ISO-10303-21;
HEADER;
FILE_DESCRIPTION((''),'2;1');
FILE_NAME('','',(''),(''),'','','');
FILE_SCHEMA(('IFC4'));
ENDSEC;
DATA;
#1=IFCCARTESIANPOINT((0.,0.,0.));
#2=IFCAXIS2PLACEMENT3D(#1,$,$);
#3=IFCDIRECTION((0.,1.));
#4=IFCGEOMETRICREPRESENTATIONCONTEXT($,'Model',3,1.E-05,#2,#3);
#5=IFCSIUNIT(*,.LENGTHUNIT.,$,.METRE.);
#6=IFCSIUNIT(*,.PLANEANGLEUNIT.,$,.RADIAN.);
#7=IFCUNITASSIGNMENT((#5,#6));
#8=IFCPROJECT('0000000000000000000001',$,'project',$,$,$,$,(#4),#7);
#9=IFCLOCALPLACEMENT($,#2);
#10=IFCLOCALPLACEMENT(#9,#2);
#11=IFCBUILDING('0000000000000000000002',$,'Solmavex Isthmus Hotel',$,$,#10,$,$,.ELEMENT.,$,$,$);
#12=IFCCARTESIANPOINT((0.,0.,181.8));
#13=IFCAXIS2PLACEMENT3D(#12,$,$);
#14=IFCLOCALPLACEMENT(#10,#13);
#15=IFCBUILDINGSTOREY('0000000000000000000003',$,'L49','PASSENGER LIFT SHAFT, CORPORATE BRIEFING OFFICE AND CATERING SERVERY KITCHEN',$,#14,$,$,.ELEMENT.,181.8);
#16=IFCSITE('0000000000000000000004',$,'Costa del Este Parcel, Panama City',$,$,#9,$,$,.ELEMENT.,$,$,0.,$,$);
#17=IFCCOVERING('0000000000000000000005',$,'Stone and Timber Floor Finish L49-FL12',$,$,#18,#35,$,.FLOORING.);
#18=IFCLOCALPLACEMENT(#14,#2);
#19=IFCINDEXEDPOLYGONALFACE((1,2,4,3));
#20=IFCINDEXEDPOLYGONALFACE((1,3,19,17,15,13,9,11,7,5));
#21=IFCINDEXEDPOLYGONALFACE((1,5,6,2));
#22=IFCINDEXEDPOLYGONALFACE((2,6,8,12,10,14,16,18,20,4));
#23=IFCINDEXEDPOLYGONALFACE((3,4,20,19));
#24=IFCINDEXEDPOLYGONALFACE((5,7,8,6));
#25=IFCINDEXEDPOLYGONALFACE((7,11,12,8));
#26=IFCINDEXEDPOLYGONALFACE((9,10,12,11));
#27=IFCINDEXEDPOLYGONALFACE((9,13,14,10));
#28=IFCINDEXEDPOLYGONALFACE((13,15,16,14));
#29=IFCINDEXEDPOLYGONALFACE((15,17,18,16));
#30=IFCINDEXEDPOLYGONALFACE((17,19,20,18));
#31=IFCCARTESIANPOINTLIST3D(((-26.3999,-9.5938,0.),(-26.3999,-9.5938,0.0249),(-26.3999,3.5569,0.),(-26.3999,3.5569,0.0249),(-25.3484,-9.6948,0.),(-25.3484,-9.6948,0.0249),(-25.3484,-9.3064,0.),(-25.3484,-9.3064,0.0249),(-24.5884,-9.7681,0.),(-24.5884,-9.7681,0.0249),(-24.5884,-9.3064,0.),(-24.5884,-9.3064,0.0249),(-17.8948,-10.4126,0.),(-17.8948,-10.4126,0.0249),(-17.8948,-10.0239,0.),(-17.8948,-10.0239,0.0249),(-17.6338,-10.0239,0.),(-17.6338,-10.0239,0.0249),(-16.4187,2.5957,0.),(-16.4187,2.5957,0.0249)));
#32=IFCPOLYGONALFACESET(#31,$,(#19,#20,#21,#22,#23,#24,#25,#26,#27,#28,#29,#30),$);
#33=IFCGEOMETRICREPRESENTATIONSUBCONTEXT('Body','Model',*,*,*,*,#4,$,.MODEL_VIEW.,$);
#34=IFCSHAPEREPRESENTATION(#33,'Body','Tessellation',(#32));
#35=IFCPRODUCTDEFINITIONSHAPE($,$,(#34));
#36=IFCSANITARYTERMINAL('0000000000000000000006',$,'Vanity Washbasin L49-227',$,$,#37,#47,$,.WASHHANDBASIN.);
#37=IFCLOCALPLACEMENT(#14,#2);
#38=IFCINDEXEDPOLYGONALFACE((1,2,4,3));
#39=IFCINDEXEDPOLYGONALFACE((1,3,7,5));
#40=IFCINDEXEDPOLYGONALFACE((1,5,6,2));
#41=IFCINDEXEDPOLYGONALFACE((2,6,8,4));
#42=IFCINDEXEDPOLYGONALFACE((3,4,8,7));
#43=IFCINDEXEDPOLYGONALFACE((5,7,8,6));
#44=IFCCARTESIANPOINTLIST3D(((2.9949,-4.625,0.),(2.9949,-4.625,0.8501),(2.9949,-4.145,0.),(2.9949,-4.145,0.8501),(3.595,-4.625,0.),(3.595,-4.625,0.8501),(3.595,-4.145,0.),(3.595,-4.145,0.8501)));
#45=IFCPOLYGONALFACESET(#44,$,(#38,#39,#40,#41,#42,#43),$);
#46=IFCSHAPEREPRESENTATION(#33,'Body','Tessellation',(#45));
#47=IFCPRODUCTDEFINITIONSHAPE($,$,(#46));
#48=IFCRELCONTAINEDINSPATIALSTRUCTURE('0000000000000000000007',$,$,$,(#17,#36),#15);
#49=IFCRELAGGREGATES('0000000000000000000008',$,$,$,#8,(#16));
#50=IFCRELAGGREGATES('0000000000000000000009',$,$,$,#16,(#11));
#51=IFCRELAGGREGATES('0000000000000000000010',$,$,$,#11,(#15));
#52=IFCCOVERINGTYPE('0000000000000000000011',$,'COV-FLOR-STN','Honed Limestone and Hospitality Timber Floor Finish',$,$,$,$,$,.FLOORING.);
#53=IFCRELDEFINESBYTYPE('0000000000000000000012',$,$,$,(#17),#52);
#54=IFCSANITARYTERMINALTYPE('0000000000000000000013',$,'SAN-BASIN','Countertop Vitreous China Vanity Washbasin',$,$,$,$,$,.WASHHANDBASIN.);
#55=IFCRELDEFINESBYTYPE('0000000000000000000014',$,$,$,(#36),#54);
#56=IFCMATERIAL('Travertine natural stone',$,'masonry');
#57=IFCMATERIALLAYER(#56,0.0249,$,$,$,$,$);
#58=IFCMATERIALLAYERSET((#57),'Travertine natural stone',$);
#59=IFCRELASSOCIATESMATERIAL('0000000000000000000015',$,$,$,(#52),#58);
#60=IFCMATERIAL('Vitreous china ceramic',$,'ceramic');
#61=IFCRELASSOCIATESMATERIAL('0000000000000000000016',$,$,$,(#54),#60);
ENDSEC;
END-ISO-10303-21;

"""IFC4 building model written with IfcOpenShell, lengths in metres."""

from ifc_helpers import new_model, si_unit, direction, frame, origin, origin_2d, place, context, subcontext, project, spatial, polyline, rectangle, outline, extrude, material, layer, layer_set, type_object, element, save


model = new_model("IFC4")

# Units and contexts
model_context = context("Model", 3, precision=1e-05, world=origin(), true_north=direction((0.0, 1.0)))
body_context = subcontext(model_context, "Body", "Model", "MODEL_VIEW")
ifc_project = project(units=[si_unit("LENGTHUNIT", "METRE"), si_unit("PLANEANGLEUNIT", "RADIAN")], contexts=[model_context])

# Site, building, storey
site_placement = place(None, origin())
site = spatial("IfcSite", under=ifc_project, at=site_placement, Name="Costa del Este Parcel, Panama City", CompositionType="ELEMENT", RefElevation=0.0)
building_placement = place(site_placement, origin())
building = spatial("IfcBuilding", under=site, at=building_placement, Name="Solmavex Isthmus Hotel", CompositionType="ELEMENT")
storey_placement = place(building_placement, frame((0.0, 0.0, 181.8)))
storey = spatial("IfcBuildingStorey", under=building, at=storey_placement, Name="L49", Description="PASSENGER LIFT SHAFT, CORPORATE BRIEFING OFFICE AND CATERING SERVERY KITCHEN", CompositionType="ELEMENT", Elevation=181.8)

# Covering
ifc_material_1 = material(Name="Travertine natural stone", Category="masonry")
ifc_layer_1 = layer(ifc_material_1, 0.0249)
ifc_layer_set_1 = layer_set([ifc_layer_1], Name="Travertine natural stone")
covering_type_1 = type_object("IfcCoveringType", Name="COV-FLOR-STN", Description="Honed Limestone and Hospitality Timber Floor Finish", PredefinedType="FLOORING", material=ifc_layer_set_1)
covering_1_placement = place(storey_placement, origin())
element("IfcCovering", 1, at=covering_1_placement, inside=storey, type_object=covering_type_1, Name="Stone and Timber Floor Finish L49-FL12", PredefinedType="FLOORING", context=body_context, shape_type="SweptSolid", body=[
    extrude(outline(polyline([(-17.8948, -10.4126), (-17.8948, -10.0239), (-17.6338, -10.0239), (-16.4187, 2.5957), (-26.3999, 3.5569), (-26.3999, -9.5938), (-25.3484, -9.6948), (-25.3484, -9.3064), (-24.5884, -9.3064), (-24.5884, -9.7681), (-17.8948, -10.4126)])), origin(), (0.0, 0.0, 1.0), 0.0249),
])

# Sanitary terminal
ifc_material_2 = material(Name="Vitreous china ceramic", Category="ceramic")
sanitary_terminal_type = type_object("IfcSanitaryTerminalType", Name="SAN-BASIN", Description="Countertop Vitreous China Vanity Washbasin", PredefinedType="WASHHANDBASIN", material=ifc_material_2)
sanitary_terminal_placement = place(storey_placement, frame((3.2949, -4.385, 0.0), z_axis=(0.0, 0.0, 1.0), x_axis=(1.0, 0.0, 0.0)))
element("IfcSanitaryTerminal", 2, at=sanitary_terminal_placement, inside=storey, type_object=sanitary_terminal_type, Name="Vanity Washbasin L49-227", PredefinedType="WASHHANDBASIN", context=body_context, shape_type="SweptSolid", body=[
    extrude(rectangle(XDim=0.6001, YDim=0.48, at=origin_2d()), origin(), (0.0, 0.0, 1.0), 0.8501),
])

save(model, "model.ifc")
